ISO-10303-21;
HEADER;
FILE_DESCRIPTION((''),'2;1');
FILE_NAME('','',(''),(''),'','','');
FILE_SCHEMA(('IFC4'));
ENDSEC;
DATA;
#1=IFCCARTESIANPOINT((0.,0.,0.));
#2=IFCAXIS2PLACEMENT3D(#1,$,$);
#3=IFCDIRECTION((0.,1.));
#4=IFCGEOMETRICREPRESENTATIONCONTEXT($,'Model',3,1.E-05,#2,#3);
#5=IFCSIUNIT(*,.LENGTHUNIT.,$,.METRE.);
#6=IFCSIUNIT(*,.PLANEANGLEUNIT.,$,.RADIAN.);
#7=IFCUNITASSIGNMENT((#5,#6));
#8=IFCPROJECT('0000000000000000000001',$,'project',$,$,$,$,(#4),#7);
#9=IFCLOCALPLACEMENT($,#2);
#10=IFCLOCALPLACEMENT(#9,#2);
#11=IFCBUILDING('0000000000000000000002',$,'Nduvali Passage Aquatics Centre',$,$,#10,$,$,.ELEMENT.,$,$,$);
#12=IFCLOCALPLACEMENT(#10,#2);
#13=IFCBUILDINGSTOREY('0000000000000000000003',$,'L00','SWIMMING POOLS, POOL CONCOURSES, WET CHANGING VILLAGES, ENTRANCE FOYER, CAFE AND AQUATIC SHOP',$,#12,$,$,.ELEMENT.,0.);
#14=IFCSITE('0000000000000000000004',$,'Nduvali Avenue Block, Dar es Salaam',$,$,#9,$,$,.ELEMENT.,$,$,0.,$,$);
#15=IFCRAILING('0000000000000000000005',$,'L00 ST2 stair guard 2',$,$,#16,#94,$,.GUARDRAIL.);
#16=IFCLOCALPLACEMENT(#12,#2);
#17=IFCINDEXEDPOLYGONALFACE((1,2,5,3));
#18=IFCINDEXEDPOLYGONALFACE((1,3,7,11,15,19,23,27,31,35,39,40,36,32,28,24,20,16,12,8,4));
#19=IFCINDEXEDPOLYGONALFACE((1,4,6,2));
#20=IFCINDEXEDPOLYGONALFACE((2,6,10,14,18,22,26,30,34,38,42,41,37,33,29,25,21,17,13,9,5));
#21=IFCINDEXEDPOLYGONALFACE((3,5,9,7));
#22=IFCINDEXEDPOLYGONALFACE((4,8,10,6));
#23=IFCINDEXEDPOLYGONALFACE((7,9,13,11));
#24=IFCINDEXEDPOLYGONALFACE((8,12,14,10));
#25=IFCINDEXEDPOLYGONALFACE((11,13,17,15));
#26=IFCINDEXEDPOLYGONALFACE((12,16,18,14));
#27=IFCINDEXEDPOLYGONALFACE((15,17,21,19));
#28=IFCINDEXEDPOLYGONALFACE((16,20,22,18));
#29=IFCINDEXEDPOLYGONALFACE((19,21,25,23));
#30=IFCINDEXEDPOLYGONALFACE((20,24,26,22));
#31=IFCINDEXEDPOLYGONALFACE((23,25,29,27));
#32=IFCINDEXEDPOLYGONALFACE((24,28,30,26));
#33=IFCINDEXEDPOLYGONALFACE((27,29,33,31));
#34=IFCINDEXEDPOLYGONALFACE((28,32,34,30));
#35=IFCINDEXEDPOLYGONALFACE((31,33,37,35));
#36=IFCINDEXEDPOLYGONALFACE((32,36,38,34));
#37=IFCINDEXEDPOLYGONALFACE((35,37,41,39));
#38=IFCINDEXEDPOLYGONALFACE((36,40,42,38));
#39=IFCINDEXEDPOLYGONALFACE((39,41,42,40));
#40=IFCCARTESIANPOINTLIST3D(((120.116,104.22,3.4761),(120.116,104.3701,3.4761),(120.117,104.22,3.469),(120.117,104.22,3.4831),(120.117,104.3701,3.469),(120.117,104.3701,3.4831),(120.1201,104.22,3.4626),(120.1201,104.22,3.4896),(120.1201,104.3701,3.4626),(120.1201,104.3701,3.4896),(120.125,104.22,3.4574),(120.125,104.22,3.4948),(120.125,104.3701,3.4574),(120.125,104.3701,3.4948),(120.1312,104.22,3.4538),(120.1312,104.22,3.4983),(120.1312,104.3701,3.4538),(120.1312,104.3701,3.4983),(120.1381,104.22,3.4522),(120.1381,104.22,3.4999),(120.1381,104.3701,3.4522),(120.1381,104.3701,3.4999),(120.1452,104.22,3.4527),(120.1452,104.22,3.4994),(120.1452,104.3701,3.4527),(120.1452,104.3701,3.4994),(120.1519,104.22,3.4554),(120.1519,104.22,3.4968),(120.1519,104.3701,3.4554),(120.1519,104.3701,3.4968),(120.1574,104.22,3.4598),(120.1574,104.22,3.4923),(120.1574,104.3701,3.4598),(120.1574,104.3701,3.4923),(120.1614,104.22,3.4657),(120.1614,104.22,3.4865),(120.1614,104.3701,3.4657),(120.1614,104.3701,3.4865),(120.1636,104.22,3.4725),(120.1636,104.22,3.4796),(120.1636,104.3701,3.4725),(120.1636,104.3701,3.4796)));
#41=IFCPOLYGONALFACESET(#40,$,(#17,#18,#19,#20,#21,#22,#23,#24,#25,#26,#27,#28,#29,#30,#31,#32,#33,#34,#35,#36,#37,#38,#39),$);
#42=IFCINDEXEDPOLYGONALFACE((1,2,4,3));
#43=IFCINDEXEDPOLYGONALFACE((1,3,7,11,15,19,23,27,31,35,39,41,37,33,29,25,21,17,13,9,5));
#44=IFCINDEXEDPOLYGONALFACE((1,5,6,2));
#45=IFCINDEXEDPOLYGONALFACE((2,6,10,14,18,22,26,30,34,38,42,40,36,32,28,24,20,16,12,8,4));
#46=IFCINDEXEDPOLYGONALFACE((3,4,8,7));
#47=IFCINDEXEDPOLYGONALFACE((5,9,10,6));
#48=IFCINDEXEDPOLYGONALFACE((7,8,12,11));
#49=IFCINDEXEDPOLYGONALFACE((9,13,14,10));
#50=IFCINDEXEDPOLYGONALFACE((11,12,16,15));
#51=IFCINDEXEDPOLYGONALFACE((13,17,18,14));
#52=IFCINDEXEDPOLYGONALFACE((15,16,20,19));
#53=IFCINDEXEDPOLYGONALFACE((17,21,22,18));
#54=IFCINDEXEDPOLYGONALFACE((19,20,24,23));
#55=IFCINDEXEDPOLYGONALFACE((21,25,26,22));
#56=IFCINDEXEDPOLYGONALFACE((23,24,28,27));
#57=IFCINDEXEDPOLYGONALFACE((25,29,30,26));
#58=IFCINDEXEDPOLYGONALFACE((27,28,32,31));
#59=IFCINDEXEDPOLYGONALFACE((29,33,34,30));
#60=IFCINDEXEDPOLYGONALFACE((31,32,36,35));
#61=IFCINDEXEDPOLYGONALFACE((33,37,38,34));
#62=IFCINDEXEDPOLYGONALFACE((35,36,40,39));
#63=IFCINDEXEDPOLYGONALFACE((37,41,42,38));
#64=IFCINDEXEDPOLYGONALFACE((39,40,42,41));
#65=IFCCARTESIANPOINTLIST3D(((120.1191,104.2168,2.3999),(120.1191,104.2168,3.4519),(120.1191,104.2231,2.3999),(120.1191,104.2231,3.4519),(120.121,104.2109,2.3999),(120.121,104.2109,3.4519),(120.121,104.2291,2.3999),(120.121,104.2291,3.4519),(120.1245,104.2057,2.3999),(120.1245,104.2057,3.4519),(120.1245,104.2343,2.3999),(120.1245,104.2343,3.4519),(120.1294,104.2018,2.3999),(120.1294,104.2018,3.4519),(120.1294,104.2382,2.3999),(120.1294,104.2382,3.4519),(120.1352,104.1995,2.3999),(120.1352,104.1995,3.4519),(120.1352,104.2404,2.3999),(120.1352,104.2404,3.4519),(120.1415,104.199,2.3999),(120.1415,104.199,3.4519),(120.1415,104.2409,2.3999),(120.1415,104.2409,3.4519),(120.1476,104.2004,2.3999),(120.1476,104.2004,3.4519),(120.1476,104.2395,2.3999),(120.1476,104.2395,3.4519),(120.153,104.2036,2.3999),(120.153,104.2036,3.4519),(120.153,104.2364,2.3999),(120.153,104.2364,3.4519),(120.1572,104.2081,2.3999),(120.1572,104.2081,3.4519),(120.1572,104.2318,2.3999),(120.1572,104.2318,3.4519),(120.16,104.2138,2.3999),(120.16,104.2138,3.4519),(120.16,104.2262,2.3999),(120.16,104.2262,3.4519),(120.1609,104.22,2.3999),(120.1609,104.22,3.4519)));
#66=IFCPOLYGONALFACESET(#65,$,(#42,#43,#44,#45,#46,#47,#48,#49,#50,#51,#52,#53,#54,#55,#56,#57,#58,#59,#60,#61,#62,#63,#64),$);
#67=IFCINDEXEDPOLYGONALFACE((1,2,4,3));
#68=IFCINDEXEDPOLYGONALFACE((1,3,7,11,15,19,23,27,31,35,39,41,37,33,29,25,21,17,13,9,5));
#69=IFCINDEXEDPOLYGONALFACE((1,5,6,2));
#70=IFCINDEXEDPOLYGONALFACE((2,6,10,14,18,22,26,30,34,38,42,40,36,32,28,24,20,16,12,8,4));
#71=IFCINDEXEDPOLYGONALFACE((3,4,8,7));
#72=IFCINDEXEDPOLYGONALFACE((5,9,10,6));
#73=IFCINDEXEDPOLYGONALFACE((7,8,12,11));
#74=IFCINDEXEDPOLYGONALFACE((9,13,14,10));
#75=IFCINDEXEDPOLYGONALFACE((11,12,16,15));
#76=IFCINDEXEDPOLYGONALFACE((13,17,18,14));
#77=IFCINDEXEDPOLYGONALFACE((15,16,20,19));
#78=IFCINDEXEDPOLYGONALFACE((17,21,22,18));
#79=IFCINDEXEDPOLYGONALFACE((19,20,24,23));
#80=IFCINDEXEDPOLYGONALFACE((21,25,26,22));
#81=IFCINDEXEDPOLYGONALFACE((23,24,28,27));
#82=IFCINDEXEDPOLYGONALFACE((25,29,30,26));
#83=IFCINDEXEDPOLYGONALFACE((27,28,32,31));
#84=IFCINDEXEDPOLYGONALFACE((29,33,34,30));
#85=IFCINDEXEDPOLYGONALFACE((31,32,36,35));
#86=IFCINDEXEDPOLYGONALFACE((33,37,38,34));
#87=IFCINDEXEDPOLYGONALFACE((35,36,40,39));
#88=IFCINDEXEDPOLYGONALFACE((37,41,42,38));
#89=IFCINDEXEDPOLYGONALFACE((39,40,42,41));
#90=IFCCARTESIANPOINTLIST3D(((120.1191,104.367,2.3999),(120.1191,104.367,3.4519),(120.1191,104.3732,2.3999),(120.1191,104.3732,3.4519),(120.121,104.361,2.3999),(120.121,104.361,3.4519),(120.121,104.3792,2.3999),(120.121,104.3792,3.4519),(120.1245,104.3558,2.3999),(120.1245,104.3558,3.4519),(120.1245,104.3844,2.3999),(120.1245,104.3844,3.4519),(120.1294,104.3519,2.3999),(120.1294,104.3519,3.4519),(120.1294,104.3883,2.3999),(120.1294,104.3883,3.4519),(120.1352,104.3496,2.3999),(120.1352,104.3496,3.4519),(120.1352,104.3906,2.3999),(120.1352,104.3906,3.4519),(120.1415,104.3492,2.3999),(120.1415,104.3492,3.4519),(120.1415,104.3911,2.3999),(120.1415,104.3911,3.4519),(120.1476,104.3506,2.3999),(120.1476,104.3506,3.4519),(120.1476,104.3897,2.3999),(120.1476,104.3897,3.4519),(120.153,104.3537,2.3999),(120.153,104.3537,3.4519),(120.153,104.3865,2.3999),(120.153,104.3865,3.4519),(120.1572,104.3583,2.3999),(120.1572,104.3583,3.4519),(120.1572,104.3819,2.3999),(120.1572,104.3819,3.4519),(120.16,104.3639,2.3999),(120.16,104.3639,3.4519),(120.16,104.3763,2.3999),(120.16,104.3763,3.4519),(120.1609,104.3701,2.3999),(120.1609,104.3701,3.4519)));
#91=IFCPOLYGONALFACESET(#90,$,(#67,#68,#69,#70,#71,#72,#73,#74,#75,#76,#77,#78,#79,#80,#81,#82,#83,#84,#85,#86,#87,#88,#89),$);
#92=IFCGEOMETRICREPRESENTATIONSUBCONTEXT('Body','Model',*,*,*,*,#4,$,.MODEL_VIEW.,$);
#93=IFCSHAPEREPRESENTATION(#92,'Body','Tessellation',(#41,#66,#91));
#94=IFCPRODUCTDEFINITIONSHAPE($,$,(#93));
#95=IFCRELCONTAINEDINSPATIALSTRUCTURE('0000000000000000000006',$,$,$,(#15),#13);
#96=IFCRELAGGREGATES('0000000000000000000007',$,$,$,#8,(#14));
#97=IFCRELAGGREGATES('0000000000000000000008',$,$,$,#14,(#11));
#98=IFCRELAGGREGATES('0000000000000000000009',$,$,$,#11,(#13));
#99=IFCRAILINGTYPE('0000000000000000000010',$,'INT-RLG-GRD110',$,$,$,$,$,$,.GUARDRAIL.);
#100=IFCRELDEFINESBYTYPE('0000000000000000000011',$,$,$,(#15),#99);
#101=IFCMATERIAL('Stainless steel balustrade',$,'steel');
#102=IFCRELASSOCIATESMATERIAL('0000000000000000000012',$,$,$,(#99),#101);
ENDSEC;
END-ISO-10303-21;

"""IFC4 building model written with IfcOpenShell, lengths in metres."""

from ifc_helpers import new_model, si_unit, direction, frame, origin, origin_2d, place, context, subcontext, project, spatial, circle, extrude, material, type_object, element, save


model = new_model("IFC4")

# Units and contexts
model_context = context("Model", 3, precision=1e-05, world=origin(), true_north=direction((0.0, 1.0)))
body_context = subcontext(model_context, "Body", "Model", "MODEL_VIEW")
ifc_project = project(units=[si_unit("LENGTHUNIT", "METRE"), si_unit("PLANEANGLEUNIT", "RADIAN")], contexts=[model_context])

# Site, building, storey
site_placement = place(None, origin())
site = spatial("IfcSite", under=ifc_project, at=site_placement, Name="Nduvali Avenue Block, Dar es Salaam", CompositionType="ELEMENT", RefElevation=0.0)
building_placement = place(site_placement, origin())
building = spatial("IfcBuilding", under=site, at=building_placement, Name="Nduvali Passage Aquatics Centre", CompositionType="ELEMENT")
storey_placement = place(building_placement, origin())
storey = spatial("IfcBuildingStorey", under=building, at=storey_placement, Name="L00", Description="SWIMMING POOLS, POOL CONCOURSES, WET CHANGING VILLAGES, ENTRANCE FOYER, CAFE AND AQUATIC SHOP", CompositionType="ELEMENT", Elevation=0.0)

# Railing
ifc_material_1 = material(Name="Stainless steel balustrade", Category="steel")
railing_type_1 = type_object("IfcRailingType", Name="INT-RLG-GRD110", PredefinedType="GUARDRAIL", material=ifc_material_1)
railing_1_placement = place(storey_placement, frame((120.1399, 104.22, 2.3999)))
element("IfcRailing", 1, at=railing_1_placement, inside=storey, type_object=railing_type_1, Name="L00 ST2 stair guard 2", PredefinedType="GUARDRAIL", context=body_context, shape_type="SweptSolid", body=[
    extrude(circle(Radius=0.0239, at=origin_2d()), frame((0.0, 0.0, 1.0762), z_axis=(0.0, 1.0, 0.0), x_axis=(-1.0, 0.0, 0.0)), (0.0, 0.0, 1.0), 0.1501),
    extrude(circle(Radius=0.021, at=origin_2d()), origin(), (0.0, 0.0, 1.0), 1.052),
    extrude(circle(Radius=0.021, at=origin_2d()), frame((0.0, 0.1501, 0.0)), (0.0, 0.0, 1.0), 1.052),
])

save(model, "model.ifc")
